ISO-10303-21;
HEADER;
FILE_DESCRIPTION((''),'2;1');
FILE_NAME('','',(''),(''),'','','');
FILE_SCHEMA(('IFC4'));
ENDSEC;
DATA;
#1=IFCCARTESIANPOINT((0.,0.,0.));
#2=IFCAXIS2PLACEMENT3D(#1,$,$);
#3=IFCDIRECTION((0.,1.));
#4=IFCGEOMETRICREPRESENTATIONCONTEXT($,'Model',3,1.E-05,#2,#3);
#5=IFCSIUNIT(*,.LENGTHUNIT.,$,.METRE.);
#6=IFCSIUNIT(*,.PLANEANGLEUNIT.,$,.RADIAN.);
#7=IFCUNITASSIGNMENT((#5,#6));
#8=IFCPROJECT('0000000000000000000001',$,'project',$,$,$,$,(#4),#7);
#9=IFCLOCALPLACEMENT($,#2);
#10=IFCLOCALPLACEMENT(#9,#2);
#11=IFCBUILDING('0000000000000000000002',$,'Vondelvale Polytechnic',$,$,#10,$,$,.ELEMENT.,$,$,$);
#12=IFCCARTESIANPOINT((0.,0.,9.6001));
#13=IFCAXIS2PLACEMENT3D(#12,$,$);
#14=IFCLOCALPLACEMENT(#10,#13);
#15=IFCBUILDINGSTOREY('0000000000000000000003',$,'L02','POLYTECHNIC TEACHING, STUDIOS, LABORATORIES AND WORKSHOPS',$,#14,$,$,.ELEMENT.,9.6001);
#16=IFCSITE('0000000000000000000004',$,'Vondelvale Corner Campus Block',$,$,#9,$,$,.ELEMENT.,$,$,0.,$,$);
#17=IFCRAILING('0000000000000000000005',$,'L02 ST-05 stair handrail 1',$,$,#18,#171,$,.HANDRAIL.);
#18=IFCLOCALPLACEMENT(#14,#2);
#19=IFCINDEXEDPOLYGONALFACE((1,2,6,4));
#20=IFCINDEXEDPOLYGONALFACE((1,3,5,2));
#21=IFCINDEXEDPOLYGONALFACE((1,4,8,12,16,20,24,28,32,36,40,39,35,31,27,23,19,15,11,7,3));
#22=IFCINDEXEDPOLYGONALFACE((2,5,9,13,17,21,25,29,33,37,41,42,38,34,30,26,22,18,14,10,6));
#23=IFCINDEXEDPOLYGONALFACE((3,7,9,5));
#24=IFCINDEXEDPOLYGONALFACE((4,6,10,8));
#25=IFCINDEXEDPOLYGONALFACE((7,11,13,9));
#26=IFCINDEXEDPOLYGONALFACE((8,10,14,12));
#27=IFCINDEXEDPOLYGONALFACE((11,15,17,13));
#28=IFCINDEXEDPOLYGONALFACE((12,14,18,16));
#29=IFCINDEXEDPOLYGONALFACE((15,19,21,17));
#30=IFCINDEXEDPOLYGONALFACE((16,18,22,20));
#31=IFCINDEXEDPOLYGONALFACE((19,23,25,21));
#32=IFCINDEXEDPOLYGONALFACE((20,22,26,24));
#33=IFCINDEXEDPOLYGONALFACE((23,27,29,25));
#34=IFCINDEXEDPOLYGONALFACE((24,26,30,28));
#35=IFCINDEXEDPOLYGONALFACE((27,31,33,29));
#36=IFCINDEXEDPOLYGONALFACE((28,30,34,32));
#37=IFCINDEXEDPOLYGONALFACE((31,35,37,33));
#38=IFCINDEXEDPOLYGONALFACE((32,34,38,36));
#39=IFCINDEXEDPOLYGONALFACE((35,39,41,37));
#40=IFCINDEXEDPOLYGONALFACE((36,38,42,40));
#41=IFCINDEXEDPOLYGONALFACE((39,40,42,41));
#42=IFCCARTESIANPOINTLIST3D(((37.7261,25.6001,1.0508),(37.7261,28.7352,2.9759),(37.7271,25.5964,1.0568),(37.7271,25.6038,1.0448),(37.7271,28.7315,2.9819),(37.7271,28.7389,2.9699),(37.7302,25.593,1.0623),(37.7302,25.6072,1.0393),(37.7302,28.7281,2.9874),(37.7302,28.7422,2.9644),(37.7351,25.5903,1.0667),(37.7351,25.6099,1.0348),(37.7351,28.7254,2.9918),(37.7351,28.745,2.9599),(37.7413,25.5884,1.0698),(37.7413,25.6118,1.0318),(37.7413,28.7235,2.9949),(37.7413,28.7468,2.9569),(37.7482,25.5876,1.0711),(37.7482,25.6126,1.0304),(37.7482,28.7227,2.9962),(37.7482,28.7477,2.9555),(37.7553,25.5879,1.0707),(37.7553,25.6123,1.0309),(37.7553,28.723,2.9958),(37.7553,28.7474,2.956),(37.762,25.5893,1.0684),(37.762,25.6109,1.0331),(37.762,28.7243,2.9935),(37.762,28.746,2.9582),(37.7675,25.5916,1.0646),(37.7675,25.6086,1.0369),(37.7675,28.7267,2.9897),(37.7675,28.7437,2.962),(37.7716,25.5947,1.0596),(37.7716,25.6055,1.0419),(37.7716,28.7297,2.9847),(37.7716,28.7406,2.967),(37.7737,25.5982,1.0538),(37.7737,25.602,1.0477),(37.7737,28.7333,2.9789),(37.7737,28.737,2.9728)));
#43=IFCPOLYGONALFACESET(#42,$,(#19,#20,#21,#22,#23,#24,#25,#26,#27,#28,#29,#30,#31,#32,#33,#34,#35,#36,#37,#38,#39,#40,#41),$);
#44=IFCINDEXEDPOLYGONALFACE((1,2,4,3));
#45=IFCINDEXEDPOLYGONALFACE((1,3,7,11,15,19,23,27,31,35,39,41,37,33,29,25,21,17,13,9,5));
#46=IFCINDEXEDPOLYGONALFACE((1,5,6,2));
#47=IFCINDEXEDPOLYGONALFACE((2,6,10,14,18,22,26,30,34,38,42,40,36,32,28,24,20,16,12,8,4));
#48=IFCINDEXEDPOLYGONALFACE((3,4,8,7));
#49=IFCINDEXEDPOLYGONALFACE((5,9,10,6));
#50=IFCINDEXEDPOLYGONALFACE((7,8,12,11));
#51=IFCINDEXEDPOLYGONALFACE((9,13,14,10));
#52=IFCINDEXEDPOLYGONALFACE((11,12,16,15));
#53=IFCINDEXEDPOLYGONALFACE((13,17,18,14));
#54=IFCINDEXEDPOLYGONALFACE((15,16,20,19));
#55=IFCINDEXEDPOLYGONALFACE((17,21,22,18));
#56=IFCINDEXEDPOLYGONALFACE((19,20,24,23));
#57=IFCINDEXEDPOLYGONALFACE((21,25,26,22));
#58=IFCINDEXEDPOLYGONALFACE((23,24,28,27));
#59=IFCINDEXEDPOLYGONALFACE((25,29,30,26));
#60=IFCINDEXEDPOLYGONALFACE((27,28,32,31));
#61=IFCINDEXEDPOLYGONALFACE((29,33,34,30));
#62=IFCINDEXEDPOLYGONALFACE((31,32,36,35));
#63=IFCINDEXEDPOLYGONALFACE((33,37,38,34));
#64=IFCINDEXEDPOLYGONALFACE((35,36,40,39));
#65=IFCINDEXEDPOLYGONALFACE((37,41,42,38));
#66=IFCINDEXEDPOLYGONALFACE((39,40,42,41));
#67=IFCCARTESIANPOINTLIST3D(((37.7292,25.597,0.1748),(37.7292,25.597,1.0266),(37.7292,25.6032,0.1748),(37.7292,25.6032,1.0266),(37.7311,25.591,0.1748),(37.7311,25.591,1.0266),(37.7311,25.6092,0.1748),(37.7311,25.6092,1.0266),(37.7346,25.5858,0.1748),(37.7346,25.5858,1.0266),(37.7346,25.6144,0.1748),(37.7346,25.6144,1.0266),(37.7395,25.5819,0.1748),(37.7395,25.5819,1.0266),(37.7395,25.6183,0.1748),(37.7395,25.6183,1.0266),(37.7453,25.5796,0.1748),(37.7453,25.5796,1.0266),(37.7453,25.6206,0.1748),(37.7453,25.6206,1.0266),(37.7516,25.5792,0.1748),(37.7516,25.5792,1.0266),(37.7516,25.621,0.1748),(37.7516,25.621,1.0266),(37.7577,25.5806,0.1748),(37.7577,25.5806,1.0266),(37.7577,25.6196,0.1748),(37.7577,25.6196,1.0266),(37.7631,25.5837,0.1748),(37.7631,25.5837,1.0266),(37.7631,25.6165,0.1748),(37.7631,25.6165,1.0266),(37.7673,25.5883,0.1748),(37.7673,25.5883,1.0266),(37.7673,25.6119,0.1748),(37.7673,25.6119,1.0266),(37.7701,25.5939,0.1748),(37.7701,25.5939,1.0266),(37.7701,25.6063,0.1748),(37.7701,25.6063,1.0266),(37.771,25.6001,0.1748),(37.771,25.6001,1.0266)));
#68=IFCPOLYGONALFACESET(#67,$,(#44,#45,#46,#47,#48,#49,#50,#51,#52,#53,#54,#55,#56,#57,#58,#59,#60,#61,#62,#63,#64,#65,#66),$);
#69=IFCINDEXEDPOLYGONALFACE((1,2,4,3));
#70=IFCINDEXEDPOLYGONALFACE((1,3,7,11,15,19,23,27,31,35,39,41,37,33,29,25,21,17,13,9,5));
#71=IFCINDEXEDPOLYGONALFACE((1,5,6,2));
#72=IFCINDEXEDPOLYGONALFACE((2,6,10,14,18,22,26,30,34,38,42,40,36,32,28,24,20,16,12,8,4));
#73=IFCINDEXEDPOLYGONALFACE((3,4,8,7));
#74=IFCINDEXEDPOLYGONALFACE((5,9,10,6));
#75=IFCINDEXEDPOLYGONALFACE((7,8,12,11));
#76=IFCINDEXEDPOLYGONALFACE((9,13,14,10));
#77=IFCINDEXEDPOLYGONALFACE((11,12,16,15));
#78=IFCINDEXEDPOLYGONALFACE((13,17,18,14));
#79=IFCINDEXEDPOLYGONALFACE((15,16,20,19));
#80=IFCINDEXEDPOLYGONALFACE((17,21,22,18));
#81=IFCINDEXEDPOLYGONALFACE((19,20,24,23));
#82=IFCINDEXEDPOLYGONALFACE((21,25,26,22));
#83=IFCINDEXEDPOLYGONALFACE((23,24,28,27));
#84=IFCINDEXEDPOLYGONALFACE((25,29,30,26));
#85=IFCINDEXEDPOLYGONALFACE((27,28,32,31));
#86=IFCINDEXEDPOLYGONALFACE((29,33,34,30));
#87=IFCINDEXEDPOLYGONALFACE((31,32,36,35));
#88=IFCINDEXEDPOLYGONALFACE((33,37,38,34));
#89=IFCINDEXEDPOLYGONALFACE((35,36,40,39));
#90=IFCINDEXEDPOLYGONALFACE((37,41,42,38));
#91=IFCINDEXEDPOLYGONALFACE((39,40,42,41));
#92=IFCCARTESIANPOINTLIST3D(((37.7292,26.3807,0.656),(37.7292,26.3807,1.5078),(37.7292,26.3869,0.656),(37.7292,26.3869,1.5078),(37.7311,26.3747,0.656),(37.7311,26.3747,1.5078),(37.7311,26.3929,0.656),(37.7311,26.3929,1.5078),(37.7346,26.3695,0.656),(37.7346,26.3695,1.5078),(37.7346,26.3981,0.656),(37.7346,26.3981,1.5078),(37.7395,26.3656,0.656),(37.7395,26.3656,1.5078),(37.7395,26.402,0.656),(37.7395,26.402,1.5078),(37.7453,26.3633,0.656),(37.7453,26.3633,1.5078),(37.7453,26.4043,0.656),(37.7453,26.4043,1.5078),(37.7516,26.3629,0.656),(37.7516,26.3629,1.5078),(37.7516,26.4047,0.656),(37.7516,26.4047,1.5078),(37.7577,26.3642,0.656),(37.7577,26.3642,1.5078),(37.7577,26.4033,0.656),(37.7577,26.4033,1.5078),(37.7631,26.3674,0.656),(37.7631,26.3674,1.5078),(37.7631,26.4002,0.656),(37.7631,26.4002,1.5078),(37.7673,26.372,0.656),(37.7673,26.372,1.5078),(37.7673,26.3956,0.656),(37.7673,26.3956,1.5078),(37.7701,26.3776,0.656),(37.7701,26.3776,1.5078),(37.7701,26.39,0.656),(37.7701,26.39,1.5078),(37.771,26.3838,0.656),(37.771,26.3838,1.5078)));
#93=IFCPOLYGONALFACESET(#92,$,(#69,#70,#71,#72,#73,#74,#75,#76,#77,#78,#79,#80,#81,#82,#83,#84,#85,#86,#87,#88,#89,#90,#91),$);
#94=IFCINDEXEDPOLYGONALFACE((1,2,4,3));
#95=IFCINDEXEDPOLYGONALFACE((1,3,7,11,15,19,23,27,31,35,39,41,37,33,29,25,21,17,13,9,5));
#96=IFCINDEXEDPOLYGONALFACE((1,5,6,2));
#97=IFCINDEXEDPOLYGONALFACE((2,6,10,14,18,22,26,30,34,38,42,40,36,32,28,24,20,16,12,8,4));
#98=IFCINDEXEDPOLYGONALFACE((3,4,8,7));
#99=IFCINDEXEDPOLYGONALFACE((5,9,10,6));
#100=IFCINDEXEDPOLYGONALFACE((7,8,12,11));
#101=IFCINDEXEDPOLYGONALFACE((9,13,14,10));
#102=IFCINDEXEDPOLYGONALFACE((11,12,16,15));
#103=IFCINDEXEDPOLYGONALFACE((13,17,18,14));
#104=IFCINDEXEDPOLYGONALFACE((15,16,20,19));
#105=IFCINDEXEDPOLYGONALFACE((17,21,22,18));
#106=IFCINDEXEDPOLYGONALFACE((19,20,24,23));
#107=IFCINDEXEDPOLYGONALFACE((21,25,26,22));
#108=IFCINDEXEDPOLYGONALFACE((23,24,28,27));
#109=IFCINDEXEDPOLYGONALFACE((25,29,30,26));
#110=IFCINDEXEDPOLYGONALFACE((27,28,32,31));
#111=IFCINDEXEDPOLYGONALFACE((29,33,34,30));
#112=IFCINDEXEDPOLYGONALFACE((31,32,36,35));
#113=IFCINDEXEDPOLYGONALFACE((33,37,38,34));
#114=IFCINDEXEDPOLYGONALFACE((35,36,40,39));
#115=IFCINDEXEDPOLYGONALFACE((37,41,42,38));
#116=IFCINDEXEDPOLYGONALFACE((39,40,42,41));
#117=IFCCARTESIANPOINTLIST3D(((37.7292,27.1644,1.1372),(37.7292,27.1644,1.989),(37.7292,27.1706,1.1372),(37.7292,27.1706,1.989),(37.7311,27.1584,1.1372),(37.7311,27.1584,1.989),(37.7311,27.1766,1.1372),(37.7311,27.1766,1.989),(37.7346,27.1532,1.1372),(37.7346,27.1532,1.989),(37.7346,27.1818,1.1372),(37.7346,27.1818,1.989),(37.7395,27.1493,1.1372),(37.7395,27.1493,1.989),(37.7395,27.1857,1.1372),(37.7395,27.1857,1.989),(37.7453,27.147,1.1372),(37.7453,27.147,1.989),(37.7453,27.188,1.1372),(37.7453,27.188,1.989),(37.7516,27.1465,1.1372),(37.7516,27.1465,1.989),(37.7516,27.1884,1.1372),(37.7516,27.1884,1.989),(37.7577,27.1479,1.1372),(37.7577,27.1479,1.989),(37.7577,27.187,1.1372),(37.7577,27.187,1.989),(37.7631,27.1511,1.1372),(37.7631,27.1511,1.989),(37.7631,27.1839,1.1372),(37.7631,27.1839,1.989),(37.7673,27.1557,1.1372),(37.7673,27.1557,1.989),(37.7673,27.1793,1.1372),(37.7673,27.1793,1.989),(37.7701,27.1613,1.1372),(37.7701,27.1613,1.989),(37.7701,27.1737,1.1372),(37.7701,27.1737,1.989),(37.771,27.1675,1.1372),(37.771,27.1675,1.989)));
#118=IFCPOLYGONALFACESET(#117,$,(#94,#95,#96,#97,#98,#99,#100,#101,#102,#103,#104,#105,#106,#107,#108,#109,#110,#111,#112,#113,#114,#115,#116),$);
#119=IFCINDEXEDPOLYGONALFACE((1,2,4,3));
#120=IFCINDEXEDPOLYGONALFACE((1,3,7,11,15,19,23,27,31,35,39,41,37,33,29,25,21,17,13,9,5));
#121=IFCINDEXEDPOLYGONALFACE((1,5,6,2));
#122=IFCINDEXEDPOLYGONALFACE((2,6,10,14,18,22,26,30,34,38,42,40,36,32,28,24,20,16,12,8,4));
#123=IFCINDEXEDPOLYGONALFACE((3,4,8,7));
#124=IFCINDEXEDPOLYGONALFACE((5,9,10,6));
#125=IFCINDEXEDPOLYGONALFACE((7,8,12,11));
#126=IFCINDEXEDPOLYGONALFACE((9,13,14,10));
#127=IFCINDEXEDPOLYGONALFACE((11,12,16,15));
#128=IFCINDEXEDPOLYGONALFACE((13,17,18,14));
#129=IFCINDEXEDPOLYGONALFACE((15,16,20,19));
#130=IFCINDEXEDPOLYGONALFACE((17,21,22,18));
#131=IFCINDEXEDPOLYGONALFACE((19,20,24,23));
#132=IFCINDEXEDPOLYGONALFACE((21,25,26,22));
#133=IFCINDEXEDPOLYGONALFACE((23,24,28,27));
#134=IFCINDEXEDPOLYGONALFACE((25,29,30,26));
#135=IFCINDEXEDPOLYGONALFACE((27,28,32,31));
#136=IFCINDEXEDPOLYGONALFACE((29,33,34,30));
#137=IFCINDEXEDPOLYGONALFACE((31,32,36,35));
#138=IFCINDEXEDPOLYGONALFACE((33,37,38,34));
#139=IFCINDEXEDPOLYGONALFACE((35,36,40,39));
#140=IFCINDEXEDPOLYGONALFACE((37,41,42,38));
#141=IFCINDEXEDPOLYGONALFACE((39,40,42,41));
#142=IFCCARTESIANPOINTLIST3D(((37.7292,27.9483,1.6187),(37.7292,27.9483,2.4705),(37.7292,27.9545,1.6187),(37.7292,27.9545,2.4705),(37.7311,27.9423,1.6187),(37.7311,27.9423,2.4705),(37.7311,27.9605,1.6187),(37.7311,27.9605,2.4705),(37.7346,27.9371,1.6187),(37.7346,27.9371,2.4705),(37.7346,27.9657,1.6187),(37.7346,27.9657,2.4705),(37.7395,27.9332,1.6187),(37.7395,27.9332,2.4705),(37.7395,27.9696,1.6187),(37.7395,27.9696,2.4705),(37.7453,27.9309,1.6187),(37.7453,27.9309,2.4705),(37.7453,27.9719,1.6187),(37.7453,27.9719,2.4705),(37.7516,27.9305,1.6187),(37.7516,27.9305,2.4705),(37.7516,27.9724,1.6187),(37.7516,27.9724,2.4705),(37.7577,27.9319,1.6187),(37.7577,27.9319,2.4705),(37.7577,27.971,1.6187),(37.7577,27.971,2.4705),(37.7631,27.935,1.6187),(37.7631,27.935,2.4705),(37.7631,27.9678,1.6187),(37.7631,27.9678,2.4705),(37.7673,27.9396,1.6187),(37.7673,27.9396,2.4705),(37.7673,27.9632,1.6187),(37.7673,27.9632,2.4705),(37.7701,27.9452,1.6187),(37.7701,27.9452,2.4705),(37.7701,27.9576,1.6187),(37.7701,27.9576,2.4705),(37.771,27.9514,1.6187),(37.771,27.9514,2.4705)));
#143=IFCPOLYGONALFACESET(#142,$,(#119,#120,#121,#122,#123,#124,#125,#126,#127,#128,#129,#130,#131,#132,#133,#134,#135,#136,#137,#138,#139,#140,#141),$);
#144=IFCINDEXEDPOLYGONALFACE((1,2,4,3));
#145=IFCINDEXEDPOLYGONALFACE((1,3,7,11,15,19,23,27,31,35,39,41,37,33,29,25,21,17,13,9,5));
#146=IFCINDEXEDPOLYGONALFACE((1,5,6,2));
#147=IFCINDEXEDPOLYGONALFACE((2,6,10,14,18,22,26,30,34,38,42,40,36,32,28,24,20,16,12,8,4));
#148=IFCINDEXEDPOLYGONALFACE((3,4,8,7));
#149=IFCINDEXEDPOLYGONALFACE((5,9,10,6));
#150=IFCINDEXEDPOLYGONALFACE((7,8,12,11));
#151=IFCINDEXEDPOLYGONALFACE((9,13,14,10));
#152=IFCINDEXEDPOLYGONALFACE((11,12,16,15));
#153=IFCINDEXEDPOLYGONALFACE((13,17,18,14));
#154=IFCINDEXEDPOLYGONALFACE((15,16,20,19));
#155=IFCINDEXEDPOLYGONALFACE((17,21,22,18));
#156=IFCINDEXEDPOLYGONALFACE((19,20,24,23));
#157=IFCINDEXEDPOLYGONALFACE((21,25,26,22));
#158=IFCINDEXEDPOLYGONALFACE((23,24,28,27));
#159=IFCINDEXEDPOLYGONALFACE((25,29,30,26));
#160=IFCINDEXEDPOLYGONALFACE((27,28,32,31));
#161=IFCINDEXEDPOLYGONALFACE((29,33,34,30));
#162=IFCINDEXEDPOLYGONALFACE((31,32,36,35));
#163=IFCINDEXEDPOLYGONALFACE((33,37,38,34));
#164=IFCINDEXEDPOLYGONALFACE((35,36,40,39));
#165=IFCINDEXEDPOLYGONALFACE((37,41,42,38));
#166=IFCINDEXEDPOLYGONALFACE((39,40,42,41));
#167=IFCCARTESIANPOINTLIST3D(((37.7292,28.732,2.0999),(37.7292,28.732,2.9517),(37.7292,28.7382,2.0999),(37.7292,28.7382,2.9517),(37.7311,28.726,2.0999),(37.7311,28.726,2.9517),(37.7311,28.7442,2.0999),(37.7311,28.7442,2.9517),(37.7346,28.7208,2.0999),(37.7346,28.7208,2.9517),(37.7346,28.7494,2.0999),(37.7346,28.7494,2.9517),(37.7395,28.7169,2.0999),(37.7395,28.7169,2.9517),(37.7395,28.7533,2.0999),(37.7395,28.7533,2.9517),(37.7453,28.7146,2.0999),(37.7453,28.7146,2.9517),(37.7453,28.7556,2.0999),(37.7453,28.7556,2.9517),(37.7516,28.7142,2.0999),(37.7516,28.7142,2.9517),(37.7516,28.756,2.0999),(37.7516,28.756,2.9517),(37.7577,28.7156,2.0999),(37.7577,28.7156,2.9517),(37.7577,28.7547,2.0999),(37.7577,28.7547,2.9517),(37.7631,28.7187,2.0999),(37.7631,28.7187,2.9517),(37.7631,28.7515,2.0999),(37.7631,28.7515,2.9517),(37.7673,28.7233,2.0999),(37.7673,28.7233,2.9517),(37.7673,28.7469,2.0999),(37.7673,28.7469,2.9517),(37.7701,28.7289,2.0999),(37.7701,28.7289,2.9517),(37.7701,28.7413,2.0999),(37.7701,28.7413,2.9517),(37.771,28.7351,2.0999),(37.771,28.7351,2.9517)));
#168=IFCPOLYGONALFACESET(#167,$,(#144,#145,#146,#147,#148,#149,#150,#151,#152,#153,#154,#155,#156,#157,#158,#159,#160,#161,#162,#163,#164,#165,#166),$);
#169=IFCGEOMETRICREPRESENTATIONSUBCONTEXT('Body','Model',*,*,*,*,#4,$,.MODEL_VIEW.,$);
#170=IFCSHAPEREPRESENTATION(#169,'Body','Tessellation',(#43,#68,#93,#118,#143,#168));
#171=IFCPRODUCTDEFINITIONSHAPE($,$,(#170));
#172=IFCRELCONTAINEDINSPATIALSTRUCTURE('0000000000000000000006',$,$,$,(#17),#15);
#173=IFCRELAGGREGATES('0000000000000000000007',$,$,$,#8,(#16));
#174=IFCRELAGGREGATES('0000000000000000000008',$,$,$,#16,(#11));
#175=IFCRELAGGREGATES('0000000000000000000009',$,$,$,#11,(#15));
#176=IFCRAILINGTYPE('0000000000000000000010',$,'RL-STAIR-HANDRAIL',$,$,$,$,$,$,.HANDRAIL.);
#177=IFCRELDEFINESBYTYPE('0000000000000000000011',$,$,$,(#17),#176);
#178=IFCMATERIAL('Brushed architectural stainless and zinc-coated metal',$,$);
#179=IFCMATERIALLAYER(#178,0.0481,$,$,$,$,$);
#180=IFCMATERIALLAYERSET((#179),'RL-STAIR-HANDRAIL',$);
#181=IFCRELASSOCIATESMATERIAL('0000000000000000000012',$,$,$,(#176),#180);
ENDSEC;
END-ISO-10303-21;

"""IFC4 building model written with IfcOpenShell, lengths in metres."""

from ifc_helpers import new_model, si_unit, direction, frame, origin, origin_2d, place, context, subcontext, project, spatial, circle, extrude, material, layer, layer_set, type_object, element, save


model = new_model("IFC4")

# Units and contexts
model_context = context("Model", 3, precision=1e-05, world=origin(), true_north=direction((0.0, 1.0)))
body_context = subcontext(model_context, "Body", "Model", "MODEL_VIEW")
ifc_project = project(units=[si_unit("LENGTHUNIT", "METRE"), si_unit("PLANEANGLEUNIT", "RADIAN")], contexts=[model_context])

# Site, building, storey
site_placement = place(None, origin())
site = spatial("IfcSite", under=ifc_project, at=site_placement, Name="Vondelvale Corner Campus Block", CompositionType="ELEMENT", RefElevation=0.0)
building_placement = place(site_placement, origin())
building = spatial("IfcBuilding", under=site, at=building_placement, Name="Vondelvale Polytechnic", CompositionType="ELEMENT")
storey_placement = place(building_placement, frame((0.0, 0.0, 9.6001)))
storey = spatial("IfcBuildingStorey", under=building, at=storey_placement, Name="L02", Description="POLYTECHNIC TEACHING, STUDIOS, LABORATORIES AND WORKSHOPS", CompositionType="ELEMENT", Elevation=9.6001)

# Railing
ifc_material_1 = material(Name="Brushed architectural stainless and zinc-coated metal")
ifc_layer_1 = layer(ifc_material_1, 0.0481)
ifc_layer_set_1 = layer_set([ifc_layer_1], Name="RL-STAIR-HANDRAIL")
railing_type_1 = type_object("IfcRailingType", Name="RL-STAIR-HANDRAIL", PredefinedType="HANDRAIL", material=ifc_layer_set_1)
railing_1_placement = place(storey_placement, frame((37.75, 25.6001, 0.1748)))
element("IfcRailing", 1, at=railing_1_placement, inside=storey, type_object=railing_type_1, Name="L02 ST-05 stair handrail 1", PredefinedType="HANDRAIL", context=body_context, shape_type="SweptSolid", body=[
    extrude(circle(Radius=0.0239, at=origin_2d()), frame((0.0, 0.0, 0.876), z_axis=(0.0, 0.852166, 0.523271), x_axis=(-1.0, 0.0, 0.0)), (0.0, 0.0, 1.0), 3.679),
    extrude(circle(Radius=0.021, at=origin_2d()), origin(), (0.0, 0.0, 1.0), 0.8518),
    extrude(circle(Radius=0.021, at=origin_2d()), frame((0.0, 0.7837, 0.4812)), (0.0, 0.0, 1.0), 0.8518),
    extrude(circle(Radius=0.021, at=origin_2d()), frame((0.0, 1.5674, 0.9624)), (0.0, 0.0, 1.0), 0.8518),
    extrude(circle(Radius=0.021, at=origin_2d()), frame((0.0, 2.3513, 1.4438)), (0.0, 0.0, 1.0), 0.8518),
    extrude(circle(Radius=0.021, at=origin_2d()), frame((0.0, 3.135, 1.925)), (0.0, 0.0, 1.0), 0.8518),
])

save(model, "model.ifc")
